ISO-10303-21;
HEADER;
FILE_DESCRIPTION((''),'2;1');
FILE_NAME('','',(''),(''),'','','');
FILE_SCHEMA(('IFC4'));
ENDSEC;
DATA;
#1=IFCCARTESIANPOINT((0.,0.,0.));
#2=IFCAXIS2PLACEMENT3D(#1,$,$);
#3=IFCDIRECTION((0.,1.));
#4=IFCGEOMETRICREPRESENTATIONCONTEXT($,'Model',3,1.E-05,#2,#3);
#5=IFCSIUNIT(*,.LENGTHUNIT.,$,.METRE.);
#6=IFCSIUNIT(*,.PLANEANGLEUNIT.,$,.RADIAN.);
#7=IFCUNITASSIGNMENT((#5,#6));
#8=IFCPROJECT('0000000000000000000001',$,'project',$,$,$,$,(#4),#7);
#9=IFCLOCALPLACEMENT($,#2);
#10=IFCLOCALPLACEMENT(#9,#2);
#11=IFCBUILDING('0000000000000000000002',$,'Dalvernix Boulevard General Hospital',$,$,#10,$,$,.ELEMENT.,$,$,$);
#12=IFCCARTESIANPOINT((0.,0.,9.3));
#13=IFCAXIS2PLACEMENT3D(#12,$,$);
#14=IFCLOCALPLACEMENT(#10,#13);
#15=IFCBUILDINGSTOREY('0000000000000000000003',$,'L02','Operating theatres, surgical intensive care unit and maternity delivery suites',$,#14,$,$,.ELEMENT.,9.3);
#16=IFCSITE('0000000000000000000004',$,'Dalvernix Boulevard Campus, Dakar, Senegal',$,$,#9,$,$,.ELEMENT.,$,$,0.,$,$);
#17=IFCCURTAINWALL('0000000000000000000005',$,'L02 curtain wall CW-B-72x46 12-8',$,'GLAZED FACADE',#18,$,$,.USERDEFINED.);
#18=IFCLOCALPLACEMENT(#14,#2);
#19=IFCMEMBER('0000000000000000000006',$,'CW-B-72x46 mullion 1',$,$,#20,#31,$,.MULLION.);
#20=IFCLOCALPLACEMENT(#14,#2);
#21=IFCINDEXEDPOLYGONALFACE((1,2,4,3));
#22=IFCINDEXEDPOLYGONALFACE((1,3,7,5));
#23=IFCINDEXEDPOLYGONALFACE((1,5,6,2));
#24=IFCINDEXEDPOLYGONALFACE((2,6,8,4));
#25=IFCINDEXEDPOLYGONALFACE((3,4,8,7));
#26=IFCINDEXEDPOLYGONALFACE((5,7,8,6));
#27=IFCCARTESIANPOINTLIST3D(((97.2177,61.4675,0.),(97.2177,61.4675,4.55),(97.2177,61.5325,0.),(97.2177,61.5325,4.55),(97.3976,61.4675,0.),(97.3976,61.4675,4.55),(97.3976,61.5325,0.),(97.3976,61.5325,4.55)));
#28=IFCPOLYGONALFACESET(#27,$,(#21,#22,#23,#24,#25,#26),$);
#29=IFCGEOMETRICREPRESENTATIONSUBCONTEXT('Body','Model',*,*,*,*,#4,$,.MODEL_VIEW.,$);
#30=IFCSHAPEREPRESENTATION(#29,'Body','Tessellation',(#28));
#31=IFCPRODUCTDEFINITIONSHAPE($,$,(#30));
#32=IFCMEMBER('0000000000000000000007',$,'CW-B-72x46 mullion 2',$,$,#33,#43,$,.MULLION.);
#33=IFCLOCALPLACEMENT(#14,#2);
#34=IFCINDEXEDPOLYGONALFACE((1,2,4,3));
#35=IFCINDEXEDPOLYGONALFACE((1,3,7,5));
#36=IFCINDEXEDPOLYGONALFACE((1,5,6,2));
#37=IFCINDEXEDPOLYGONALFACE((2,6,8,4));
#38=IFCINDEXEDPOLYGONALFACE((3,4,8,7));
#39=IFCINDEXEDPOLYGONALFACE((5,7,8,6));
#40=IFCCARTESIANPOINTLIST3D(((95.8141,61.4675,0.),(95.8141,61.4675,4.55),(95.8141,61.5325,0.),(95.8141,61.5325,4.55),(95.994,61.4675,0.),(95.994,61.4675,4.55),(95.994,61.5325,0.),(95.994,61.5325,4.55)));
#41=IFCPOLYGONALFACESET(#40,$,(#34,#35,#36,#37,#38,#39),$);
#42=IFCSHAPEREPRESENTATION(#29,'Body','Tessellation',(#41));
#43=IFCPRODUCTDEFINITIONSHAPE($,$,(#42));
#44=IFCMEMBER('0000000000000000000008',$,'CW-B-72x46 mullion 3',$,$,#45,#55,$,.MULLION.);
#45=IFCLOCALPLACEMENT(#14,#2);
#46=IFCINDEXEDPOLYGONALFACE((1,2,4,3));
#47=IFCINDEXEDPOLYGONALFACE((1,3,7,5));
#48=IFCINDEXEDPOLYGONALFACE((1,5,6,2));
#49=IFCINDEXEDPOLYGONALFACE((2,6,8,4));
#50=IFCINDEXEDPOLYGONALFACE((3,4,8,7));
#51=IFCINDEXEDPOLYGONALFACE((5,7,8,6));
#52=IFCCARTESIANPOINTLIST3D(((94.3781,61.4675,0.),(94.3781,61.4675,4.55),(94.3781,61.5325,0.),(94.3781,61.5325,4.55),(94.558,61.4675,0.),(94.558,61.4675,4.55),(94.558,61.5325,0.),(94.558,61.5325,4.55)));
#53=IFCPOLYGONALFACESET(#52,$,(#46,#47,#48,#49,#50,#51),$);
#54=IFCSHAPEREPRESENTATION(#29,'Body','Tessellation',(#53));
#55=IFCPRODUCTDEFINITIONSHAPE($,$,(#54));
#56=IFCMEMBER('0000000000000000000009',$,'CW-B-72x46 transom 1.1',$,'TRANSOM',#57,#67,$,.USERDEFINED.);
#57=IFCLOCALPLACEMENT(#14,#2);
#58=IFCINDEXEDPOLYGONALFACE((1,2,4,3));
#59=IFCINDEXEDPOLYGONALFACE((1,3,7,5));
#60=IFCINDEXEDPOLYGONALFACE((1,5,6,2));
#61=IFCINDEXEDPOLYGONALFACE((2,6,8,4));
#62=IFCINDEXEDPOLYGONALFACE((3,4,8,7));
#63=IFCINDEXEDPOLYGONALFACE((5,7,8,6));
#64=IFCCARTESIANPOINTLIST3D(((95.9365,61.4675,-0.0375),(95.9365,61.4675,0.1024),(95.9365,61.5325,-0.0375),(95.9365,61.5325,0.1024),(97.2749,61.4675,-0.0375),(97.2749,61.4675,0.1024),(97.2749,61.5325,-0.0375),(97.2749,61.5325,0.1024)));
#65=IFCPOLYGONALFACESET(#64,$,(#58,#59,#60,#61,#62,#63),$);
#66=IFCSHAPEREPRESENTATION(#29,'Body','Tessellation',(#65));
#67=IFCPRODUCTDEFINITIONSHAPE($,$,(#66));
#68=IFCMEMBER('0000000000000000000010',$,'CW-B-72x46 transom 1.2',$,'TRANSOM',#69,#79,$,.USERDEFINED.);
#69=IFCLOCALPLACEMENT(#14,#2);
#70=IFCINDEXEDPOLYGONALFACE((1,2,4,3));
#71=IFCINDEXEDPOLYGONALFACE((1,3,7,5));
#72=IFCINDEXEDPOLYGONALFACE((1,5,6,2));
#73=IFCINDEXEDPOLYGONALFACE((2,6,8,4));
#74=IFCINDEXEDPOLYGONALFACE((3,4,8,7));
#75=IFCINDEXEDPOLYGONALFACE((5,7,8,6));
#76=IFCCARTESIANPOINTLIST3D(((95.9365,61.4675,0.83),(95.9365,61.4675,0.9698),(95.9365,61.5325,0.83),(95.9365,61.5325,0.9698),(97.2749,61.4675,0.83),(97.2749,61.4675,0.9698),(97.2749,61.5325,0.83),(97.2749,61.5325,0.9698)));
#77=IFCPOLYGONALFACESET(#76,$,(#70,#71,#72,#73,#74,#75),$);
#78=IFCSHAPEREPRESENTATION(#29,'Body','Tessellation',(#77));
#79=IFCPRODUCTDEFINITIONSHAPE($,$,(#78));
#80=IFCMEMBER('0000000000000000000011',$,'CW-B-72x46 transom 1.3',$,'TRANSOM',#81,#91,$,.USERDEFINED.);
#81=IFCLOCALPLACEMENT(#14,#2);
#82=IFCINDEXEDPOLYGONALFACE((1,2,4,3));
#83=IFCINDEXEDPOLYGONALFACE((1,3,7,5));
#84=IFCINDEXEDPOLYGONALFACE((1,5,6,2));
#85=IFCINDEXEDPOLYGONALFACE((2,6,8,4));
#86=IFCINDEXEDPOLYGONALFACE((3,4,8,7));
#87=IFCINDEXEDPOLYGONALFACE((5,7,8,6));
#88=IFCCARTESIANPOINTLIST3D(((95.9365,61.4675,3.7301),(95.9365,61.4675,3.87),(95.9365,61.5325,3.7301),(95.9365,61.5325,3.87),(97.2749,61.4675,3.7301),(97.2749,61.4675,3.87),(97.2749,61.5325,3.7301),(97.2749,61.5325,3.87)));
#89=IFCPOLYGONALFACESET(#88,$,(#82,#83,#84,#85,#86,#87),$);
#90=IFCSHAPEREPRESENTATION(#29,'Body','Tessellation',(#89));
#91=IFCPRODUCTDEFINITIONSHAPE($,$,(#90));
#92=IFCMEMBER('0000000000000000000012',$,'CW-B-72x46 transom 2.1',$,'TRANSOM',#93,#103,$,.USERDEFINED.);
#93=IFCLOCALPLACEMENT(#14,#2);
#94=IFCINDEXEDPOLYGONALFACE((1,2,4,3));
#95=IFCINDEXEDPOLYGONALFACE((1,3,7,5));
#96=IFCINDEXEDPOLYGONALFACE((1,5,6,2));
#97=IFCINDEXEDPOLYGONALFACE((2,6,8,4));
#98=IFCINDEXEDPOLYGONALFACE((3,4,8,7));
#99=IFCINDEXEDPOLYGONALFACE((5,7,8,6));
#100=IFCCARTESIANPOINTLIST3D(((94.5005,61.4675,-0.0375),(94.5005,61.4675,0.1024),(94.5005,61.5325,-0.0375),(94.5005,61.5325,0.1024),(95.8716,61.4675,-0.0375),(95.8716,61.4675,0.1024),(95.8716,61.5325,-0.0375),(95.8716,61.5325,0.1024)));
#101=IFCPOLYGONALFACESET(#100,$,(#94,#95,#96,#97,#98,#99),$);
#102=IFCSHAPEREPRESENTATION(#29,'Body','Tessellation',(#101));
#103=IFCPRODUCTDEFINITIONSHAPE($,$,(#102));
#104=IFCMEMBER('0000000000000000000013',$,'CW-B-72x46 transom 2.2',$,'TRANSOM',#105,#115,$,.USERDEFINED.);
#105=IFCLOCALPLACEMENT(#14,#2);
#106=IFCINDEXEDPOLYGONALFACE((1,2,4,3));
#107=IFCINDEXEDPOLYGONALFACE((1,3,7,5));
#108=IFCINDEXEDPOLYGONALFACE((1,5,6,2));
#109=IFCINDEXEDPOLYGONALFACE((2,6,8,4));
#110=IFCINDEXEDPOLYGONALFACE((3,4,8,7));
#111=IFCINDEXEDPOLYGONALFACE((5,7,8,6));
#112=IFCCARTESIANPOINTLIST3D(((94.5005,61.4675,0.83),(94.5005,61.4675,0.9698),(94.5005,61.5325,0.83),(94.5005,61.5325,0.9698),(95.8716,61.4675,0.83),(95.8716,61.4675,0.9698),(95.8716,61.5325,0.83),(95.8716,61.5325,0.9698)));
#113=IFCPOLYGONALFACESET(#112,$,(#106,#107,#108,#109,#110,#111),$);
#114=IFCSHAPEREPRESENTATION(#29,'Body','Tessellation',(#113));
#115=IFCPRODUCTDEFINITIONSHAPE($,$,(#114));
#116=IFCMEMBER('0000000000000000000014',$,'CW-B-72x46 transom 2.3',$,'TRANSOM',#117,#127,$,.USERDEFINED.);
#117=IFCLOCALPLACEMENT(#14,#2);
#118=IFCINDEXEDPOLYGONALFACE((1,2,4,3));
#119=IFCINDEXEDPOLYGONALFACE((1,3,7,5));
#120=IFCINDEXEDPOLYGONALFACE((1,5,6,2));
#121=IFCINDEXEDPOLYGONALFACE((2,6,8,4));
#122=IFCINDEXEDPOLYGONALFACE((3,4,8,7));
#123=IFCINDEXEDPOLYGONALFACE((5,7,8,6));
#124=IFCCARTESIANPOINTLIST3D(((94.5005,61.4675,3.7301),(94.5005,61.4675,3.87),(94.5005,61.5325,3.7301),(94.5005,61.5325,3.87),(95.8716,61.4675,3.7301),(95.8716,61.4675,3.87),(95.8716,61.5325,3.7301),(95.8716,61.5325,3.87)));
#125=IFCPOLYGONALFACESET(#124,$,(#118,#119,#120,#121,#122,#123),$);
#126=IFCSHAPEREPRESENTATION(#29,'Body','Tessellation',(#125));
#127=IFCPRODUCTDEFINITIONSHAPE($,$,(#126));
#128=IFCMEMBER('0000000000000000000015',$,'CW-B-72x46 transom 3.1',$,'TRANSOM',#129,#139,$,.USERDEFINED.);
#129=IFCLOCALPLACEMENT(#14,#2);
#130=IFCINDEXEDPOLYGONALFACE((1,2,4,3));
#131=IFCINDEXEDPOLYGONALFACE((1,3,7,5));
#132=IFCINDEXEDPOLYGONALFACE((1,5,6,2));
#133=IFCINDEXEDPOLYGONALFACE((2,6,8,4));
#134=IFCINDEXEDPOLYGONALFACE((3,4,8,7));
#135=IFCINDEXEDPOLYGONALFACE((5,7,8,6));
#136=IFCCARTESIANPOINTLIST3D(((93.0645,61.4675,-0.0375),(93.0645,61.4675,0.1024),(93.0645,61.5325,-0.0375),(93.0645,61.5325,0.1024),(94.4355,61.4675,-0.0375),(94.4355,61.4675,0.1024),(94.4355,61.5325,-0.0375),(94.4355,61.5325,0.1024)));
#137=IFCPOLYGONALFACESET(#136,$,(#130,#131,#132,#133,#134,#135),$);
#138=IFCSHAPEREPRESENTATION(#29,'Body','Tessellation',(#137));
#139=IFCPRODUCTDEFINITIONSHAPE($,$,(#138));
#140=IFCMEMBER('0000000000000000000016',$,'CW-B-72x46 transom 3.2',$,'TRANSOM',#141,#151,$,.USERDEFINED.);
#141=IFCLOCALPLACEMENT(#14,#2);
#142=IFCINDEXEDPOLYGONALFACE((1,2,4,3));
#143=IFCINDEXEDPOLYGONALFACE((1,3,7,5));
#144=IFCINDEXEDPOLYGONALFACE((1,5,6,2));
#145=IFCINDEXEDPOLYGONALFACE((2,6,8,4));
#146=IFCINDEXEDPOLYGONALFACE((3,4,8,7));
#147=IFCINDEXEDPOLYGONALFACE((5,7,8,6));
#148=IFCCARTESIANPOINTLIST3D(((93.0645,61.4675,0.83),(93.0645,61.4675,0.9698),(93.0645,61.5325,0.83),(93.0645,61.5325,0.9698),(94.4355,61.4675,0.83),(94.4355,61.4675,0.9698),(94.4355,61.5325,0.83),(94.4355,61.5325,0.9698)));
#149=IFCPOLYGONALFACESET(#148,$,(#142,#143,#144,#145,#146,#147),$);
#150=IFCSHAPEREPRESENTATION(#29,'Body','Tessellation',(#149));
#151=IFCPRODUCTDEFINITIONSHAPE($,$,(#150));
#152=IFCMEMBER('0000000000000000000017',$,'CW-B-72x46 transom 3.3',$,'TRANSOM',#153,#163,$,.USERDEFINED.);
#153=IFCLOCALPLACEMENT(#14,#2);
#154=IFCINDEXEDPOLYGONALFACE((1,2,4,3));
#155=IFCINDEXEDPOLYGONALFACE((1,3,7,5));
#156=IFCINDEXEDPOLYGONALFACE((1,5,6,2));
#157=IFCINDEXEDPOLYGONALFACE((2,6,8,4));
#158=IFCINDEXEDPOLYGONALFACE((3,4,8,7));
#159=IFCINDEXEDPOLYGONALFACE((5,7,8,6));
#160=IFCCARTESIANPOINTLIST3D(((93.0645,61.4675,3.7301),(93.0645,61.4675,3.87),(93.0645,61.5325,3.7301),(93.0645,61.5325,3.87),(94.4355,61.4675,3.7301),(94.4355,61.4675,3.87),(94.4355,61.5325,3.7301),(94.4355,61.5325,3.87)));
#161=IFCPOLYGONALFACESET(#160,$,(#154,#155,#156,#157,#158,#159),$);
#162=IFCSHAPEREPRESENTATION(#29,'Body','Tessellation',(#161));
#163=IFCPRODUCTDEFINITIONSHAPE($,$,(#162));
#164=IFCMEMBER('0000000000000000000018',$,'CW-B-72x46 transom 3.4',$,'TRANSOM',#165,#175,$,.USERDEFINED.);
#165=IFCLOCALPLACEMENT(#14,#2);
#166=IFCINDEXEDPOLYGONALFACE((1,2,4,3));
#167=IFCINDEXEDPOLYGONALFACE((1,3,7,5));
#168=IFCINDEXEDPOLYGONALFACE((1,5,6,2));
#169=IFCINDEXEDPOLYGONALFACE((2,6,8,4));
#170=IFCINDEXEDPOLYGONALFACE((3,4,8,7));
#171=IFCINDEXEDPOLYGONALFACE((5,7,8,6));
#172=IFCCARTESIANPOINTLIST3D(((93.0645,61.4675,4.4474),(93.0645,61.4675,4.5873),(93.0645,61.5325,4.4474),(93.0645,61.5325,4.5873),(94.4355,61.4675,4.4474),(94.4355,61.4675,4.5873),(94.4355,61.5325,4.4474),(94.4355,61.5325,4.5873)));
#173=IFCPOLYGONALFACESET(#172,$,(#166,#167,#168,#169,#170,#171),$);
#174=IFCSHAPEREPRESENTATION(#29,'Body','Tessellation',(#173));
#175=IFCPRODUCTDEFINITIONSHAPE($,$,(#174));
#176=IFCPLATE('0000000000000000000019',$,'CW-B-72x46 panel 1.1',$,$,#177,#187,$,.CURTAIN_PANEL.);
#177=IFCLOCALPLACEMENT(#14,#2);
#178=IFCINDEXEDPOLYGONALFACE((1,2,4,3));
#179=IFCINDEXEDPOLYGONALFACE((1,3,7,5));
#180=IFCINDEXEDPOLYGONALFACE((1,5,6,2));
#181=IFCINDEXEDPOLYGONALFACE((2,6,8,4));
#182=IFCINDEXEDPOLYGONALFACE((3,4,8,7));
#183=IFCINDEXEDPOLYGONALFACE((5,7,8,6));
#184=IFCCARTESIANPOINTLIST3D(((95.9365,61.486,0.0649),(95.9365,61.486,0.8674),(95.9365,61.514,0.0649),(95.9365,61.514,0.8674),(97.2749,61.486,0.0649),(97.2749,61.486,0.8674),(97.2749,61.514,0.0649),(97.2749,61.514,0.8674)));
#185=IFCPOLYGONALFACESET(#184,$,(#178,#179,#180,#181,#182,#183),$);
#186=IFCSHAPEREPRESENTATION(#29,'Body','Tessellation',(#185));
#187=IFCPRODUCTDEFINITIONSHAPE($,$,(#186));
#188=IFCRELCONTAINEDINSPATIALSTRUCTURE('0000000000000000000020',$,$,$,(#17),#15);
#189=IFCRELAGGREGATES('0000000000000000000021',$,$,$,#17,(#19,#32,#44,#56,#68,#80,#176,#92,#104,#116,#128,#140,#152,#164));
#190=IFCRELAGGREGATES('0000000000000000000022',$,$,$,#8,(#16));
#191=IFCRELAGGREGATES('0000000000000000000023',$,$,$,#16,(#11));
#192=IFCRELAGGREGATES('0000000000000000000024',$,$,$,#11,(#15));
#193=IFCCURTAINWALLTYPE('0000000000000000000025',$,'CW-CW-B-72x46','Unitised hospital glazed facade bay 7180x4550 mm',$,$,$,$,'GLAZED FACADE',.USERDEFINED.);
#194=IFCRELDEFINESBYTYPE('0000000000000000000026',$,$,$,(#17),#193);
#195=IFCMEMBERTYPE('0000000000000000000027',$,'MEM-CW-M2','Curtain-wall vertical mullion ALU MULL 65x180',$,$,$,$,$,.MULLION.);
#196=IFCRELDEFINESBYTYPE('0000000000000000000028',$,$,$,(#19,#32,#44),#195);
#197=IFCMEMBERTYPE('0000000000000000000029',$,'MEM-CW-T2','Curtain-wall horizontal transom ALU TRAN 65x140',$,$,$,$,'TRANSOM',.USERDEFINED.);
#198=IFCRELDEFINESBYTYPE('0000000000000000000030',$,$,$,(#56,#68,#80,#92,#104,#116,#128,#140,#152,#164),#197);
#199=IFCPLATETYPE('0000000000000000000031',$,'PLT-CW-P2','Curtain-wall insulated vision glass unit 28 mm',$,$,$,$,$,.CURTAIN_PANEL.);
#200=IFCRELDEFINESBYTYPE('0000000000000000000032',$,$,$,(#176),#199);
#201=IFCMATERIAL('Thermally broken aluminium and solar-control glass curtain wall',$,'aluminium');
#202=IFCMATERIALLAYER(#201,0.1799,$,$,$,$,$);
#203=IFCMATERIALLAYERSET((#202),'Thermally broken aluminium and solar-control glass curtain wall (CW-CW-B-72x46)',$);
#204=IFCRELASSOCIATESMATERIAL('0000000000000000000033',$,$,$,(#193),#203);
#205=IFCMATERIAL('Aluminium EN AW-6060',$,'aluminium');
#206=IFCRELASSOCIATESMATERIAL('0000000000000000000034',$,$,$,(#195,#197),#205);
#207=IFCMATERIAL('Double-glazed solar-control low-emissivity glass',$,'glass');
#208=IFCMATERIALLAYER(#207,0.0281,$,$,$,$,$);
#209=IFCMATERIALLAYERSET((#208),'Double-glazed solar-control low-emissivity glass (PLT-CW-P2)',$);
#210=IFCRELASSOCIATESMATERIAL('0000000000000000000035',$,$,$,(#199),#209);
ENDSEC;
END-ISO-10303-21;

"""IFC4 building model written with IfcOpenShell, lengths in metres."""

from ifc_helpers import new_model, si_unit, direction, frame, origin, origin_2d, place, context, subcontext, project, spatial, rectangle, extrude, material, layer, layer_set, material_profile, profile_set, type_object, element, aggregate, save


model = new_model("IFC4")

# Units and contexts
model_context = context("Model", 3, precision=1e-05, world=origin(), true_north=direction((0.0, 1.0)))
body_context = subcontext(model_context, "Body", "Model", "MODEL_VIEW")
ifc_project = project(units=[si_unit("LENGTHUNIT", "METRE"), si_unit("PLANEANGLEUNIT", "RADIAN")], contexts=[model_context])

# Site, building, storey
site_placement = place(None, origin())
site = spatial("IfcSite", under=ifc_project, at=site_placement, Name="Dalvernix Boulevard Campus, Dakar, Senegal", CompositionType="ELEMENT", RefElevation=0.0)
building_placement = place(site_placement, origin())
building = spatial("IfcBuilding", under=site, at=building_placement, Name="Dalvernix Boulevard General Hospital", CompositionType="ELEMENT")
storey_placement = place(building_placement, frame((0.0, 0.0, 9.3)))
storey = spatial("IfcBuildingStorey", under=building, at=storey_placement, Name="L02", Description="Operating theatres, surgical intensive care unit and maternity delivery suites", CompositionType="ELEMENT", Elevation=9.3)

# Curtain wall, members, plate
ifc_material_1 = material(Name="Thermally broken aluminium and solar-control glass curtain wall", Category="aluminium")
ifc_layer_1 = layer(ifc_material_1, 0.1799)
ifc_layer_set_1 = layer_set([ifc_layer_1], Name="Thermally broken aluminium and solar-control glass curtain wall (CW-CW-B-72x46)")
curtain_wall_type = type_object("IfcCurtainWallType", Name="CW-CW-B-72x46", Description="Unitised hospital glazed facade bay 7180x4550 mm", ElementType="GLAZED FACADE", PredefinedType="USERDEFINED", material=ifc_layer_set_1)
curtain_wall_placement = place(storey_placement, origin())
curtain_wall = element("IfcCurtainWall", 1, at=curtain_wall_placement, inside=storey, type_object=curtain_wall_type, Name="L02 curtain wall CW-B-72x46 12-8", ObjectType="GLAZED FACADE", PredefinedType="USERDEFINED")
ifc_material_2 = material(Name="Aluminium EN AW-6060", Category="aluminium")
ifc_material_profile_1 = material_profile(ifc_material_2, rectangle(XDim=0.0649, YDim=0.1799, at=origin_2d()), Name="ALU MULL 65x180")
ifc_profile_set_1 = profile_set([ifc_material_profile_1], Name="Aluminium EN AW-6060")
member_type_1 = type_object("IfcMemberType", Name="MEM-CW-M2", Description="Curtain-wall vertical mullion ALU MULL 65x180", PredefinedType="MULLION", material=ifc_profile_set_1)
member_1_placement = place(storey_placement, frame((97.3076, 61.5, 0.0), z_axis=(0.0, 0.0, 1.0), x_axis=(0.0, -1.0, 0.0)))
member_1 = element("IfcMember", 2, at=member_1_placement, type_object=member_type_1, Name="CW-B-72x46 mullion 1", PredefinedType="MULLION", context=body_context, shape_type="SweptSolid", body=[
    extrude(rectangle(XDim=0.0649, YDim=0.1799, at=origin_2d()), origin(), (0.0, 0.0, 1.0), 4.55),
])
member_2_placement = place(storey_placement, frame((95.9041, 61.5, 0.0), z_axis=(0.0, 0.0, 1.0), x_axis=(0.0, -1.0, 0.0)))
member_2 = element("IfcMember", 3, at=member_2_placement, type_object=member_type_1, Name="CW-B-72x46 mullion 2", PredefinedType="MULLION", context=body_context, shape_type="SweptSolid", body=[
    extrude(rectangle(XDim=0.0649, YDim=0.1799, at=origin_2d()), origin(), (0.0, 0.0, 1.0), 4.55),
])
member_3_placement = place(storey_placement, frame((94.468, 61.5, 0.0), z_axis=(0.0, 0.0, 1.0), x_axis=(0.0, -1.0, 0.0)))
member_3 = element("IfcMember", 4, at=member_3_placement, type_object=member_type_1, Name="CW-B-72x46 mullion 3", PredefinedType="MULLION", context=body_context, shape_type="SweptSolid", body=[
    extrude(rectangle(XDim=0.0649, YDim=0.1799, at=origin_2d()), origin(), (0.0, 0.0, 1.0), 4.55),
])
ifc_material_profile_2 = material_profile(ifc_material_2, rectangle(XDim=0.0649, YDim=0.1399, at=origin_2d()), Name="ALU TRAN 65x140")
ifc_profile_set_2 = profile_set([ifc_material_profile_2], Name="Aluminium EN AW-6060")
member_type_2 = type_object("IfcMemberType", Name="MEM-CW-T2", Description="Curtain-wall horizontal transom ALU TRAN 65x140", ElementType="TRANSOM", PredefinedType="USERDEFINED", material=ifc_profile_set_2)
member_4_placement = place(storey_placement, frame((97.2749, 61.5, 0.0325), z_axis=(-1.0, 0.0, 0.0), x_axis=(0.0, -1.0, 0.0)))
member_4 = element("IfcMember", 5, at=member_4_placement, type_object=member_type_2, Name="CW-B-72x46 transom 1.1", ObjectType="TRANSOM", PredefinedType="USERDEFINED", context=body_context, shape_type="SweptSolid", body=[
    extrude(rectangle(XDim=0.0649, YDim=0.1399, at=origin_2d()), origin(), (0.0, 0.0, 1.0), 1.3384),
])
member_5_placement = place(storey_placement, frame((97.2749, 61.5, 0.8999), z_axis=(-1.0, 0.0, 0.0), x_axis=(0.0, -1.0, 0.0)))
member_5 = element("IfcMember", 6, at=member_5_placement, type_object=member_type_2, Name="CW-B-72x46 transom 1.2", ObjectType="TRANSOM", PredefinedType="USERDEFINED", context=body_context, shape_type="SweptSolid", body=[
    extrude(rectangle(XDim=0.0649, YDim=0.1399, at=origin_2d()), origin(), (0.0, 0.0, 1.0), 1.3384),
])
member_6_placement = place(storey_placement, frame((97.2749, 61.5, 3.8), z_axis=(-1.0, 0.0, 0.0), x_axis=(0.0, -1.0, 0.0)))
member_6 = element("IfcMember", 7, at=member_6_placement, type_object=member_type_2, Name="CW-B-72x46 transom 1.3", ObjectType="TRANSOM", PredefinedType="USERDEFINED", context=body_context, shape_type="SweptSolid", body=[
    extrude(rectangle(XDim=0.0649, YDim=0.1399, at=origin_2d()), origin(), (0.0, 0.0, 1.0), 1.3384),
])
member_7_placement = place(storey_placement, frame((95.8716, 61.5, 0.0325), z_axis=(-1.0, 0.0, 0.0), x_axis=(0.0, -1.0, 0.0)))
member_7 = element("IfcMember", 8, at=member_7_placement, type_object=member_type_2, Name="CW-B-72x46 transom 2.1", ObjectType="TRANSOM", PredefinedType="USERDEFINED", context=body_context, shape_type="SweptSolid", body=[
    extrude(rectangle(XDim=0.0649, YDim=0.1399, at=origin_2d()), origin(), (0.0, 0.0, 1.0), 1.3711),
])
member_8_placement = place(storey_placement, frame((95.8716, 61.5, 0.8999), z_axis=(-1.0, 0.0, 0.0), x_axis=(0.0, -1.0, 0.0)))
member_8 = element("IfcMember", 9, at=member_8_placement, type_object=member_type_2, Name="CW-B-72x46 transom 2.2", ObjectType="TRANSOM", PredefinedType="USERDEFINED", context=body_context, shape_type="SweptSolid", body=[
    extrude(rectangle(XDim=0.0649, YDim=0.1399, at=origin_2d()), origin(), (0.0, 0.0, 1.0), 1.3711),
])
member_9_placement = place(storey_placement, frame((95.8716, 61.5, 3.8), z_axis=(-1.0, 0.0, 0.0), x_axis=(0.0, -1.0, 0.0)))
member_9 = element("IfcMember", 10, at=member_9_placement, type_object=member_type_2, Name="CW-B-72x46 transom 2.3", ObjectType="TRANSOM", PredefinedType="USERDEFINED", context=body_context, shape_type="SweptSolid", body=[
    extrude(rectangle(XDim=0.0649, YDim=0.1399, at=origin_2d()), origin(), (0.0, 0.0, 1.0), 1.3711),
])
member_10_placement = place(storey_placement, frame((94.4355, 61.5, 0.0325), z_axis=(-1.0, 0.0, 0.0), x_axis=(0.0, -1.0, 0.0)))
member_10 = element("IfcMember", 11, at=member_10_placement, type_object=member_type_2, Name="CW-B-72x46 transom 3.1", ObjectType="TRANSOM", PredefinedType="USERDEFINED", context=body_context, shape_type="SweptSolid", body=[
    extrude(rectangle(XDim=0.0649, YDim=0.1399, at=origin_2d()), origin(), (0.0, 0.0, 1.0), 1.3711),
])
member_11_placement = place(storey_placement, frame((94.4355, 61.5, 0.8999), z_axis=(-1.0, 0.0, 0.0), x_axis=(0.0, -1.0, 0.0)))
member_11 = element("IfcMember", 12, at=member_11_placement, type_object=member_type_2, Name="CW-B-72x46 transom 3.2", ObjectType="TRANSOM", PredefinedType="USERDEFINED", context=body_context, shape_type="SweptSolid", body=[
    extrude(rectangle(XDim=0.0649, YDim=0.1399, at=origin_2d()), origin(), (0.0, 0.0, 1.0), 1.3711),
])
member_12_placement = place(storey_placement, frame((94.4355, 61.5, 3.8), z_axis=(-1.0, 0.0, 0.0), x_axis=(0.0, -1.0, 0.0)))
member_12 = element("IfcMember", 13, at=member_12_placement, type_object=member_type_2, Name="CW-B-72x46 transom 3.3", ObjectType="TRANSOM", PredefinedType="USERDEFINED", context=body_context, shape_type="SweptSolid", body=[
    extrude(rectangle(XDim=0.0649, YDim=0.1399, at=origin_2d()), origin(), (0.0, 0.0, 1.0), 1.3711),
])
member_13_placement = place(storey_placement, frame((94.4355, 61.5, 4.5173), z_axis=(-1.0, 0.0, 0.0), x_axis=(0.0, -1.0, 0.0)))
member_13 = element("IfcMember", 14, at=member_13_placement, type_object=member_type_2, Name="CW-B-72x46 transom 3.4", ObjectType="TRANSOM", PredefinedType="USERDEFINED", context=body_context, shape_type="SweptSolid", body=[
    extrude(rectangle(XDim=0.0649, YDim=0.1399, at=origin_2d()), origin(), (0.0, 0.0, 1.0), 1.3711),
])
ifc_material_3 = material(Name="Double-glazed solar-control low-emissivity glass", Category="glass")
ifc_layer_2 = layer(ifc_material_3, 0.0281)
ifc_layer_set_2 = layer_set([ifc_layer_2], Name="Double-glazed solar-control low-emissivity glass (PLT-CW-P2)")
plate_type = type_object("IfcPlateType", Name="PLT-CW-P2", Description="Curtain-wall insulated vision glass unit 28 mm", PredefinedType="CURTAIN_PANEL", material=ifc_layer_set_2)
plate_1_placement = place(storey_placement, frame((96.6057, 61.5, 0.0649), z_axis=(0.0, 0.0, 1.0), x_axis=(-1.0, 0.0, 0.0)))
plate_1 = element("IfcPlate", 15, at=plate_1_placement, type_object=plate_type, Name="CW-B-72x46 panel 1.1", PredefinedType="CURTAIN_PANEL", context=body_context, shape_type="SweptSolid", body=[
    extrude(rectangle(XDim=1.3384, YDim=0.0281, at=origin_2d()), origin(), (0.0, 0.0, 1.0), 0.8025),
])
aggregate(curtain_wall, [member_1, member_2, member_3, member_4, member_5, member_6, plate_1, member_7, member_8, member_9, member_10, member_11, member_12, member_13])

save(model, "model.ifc")
